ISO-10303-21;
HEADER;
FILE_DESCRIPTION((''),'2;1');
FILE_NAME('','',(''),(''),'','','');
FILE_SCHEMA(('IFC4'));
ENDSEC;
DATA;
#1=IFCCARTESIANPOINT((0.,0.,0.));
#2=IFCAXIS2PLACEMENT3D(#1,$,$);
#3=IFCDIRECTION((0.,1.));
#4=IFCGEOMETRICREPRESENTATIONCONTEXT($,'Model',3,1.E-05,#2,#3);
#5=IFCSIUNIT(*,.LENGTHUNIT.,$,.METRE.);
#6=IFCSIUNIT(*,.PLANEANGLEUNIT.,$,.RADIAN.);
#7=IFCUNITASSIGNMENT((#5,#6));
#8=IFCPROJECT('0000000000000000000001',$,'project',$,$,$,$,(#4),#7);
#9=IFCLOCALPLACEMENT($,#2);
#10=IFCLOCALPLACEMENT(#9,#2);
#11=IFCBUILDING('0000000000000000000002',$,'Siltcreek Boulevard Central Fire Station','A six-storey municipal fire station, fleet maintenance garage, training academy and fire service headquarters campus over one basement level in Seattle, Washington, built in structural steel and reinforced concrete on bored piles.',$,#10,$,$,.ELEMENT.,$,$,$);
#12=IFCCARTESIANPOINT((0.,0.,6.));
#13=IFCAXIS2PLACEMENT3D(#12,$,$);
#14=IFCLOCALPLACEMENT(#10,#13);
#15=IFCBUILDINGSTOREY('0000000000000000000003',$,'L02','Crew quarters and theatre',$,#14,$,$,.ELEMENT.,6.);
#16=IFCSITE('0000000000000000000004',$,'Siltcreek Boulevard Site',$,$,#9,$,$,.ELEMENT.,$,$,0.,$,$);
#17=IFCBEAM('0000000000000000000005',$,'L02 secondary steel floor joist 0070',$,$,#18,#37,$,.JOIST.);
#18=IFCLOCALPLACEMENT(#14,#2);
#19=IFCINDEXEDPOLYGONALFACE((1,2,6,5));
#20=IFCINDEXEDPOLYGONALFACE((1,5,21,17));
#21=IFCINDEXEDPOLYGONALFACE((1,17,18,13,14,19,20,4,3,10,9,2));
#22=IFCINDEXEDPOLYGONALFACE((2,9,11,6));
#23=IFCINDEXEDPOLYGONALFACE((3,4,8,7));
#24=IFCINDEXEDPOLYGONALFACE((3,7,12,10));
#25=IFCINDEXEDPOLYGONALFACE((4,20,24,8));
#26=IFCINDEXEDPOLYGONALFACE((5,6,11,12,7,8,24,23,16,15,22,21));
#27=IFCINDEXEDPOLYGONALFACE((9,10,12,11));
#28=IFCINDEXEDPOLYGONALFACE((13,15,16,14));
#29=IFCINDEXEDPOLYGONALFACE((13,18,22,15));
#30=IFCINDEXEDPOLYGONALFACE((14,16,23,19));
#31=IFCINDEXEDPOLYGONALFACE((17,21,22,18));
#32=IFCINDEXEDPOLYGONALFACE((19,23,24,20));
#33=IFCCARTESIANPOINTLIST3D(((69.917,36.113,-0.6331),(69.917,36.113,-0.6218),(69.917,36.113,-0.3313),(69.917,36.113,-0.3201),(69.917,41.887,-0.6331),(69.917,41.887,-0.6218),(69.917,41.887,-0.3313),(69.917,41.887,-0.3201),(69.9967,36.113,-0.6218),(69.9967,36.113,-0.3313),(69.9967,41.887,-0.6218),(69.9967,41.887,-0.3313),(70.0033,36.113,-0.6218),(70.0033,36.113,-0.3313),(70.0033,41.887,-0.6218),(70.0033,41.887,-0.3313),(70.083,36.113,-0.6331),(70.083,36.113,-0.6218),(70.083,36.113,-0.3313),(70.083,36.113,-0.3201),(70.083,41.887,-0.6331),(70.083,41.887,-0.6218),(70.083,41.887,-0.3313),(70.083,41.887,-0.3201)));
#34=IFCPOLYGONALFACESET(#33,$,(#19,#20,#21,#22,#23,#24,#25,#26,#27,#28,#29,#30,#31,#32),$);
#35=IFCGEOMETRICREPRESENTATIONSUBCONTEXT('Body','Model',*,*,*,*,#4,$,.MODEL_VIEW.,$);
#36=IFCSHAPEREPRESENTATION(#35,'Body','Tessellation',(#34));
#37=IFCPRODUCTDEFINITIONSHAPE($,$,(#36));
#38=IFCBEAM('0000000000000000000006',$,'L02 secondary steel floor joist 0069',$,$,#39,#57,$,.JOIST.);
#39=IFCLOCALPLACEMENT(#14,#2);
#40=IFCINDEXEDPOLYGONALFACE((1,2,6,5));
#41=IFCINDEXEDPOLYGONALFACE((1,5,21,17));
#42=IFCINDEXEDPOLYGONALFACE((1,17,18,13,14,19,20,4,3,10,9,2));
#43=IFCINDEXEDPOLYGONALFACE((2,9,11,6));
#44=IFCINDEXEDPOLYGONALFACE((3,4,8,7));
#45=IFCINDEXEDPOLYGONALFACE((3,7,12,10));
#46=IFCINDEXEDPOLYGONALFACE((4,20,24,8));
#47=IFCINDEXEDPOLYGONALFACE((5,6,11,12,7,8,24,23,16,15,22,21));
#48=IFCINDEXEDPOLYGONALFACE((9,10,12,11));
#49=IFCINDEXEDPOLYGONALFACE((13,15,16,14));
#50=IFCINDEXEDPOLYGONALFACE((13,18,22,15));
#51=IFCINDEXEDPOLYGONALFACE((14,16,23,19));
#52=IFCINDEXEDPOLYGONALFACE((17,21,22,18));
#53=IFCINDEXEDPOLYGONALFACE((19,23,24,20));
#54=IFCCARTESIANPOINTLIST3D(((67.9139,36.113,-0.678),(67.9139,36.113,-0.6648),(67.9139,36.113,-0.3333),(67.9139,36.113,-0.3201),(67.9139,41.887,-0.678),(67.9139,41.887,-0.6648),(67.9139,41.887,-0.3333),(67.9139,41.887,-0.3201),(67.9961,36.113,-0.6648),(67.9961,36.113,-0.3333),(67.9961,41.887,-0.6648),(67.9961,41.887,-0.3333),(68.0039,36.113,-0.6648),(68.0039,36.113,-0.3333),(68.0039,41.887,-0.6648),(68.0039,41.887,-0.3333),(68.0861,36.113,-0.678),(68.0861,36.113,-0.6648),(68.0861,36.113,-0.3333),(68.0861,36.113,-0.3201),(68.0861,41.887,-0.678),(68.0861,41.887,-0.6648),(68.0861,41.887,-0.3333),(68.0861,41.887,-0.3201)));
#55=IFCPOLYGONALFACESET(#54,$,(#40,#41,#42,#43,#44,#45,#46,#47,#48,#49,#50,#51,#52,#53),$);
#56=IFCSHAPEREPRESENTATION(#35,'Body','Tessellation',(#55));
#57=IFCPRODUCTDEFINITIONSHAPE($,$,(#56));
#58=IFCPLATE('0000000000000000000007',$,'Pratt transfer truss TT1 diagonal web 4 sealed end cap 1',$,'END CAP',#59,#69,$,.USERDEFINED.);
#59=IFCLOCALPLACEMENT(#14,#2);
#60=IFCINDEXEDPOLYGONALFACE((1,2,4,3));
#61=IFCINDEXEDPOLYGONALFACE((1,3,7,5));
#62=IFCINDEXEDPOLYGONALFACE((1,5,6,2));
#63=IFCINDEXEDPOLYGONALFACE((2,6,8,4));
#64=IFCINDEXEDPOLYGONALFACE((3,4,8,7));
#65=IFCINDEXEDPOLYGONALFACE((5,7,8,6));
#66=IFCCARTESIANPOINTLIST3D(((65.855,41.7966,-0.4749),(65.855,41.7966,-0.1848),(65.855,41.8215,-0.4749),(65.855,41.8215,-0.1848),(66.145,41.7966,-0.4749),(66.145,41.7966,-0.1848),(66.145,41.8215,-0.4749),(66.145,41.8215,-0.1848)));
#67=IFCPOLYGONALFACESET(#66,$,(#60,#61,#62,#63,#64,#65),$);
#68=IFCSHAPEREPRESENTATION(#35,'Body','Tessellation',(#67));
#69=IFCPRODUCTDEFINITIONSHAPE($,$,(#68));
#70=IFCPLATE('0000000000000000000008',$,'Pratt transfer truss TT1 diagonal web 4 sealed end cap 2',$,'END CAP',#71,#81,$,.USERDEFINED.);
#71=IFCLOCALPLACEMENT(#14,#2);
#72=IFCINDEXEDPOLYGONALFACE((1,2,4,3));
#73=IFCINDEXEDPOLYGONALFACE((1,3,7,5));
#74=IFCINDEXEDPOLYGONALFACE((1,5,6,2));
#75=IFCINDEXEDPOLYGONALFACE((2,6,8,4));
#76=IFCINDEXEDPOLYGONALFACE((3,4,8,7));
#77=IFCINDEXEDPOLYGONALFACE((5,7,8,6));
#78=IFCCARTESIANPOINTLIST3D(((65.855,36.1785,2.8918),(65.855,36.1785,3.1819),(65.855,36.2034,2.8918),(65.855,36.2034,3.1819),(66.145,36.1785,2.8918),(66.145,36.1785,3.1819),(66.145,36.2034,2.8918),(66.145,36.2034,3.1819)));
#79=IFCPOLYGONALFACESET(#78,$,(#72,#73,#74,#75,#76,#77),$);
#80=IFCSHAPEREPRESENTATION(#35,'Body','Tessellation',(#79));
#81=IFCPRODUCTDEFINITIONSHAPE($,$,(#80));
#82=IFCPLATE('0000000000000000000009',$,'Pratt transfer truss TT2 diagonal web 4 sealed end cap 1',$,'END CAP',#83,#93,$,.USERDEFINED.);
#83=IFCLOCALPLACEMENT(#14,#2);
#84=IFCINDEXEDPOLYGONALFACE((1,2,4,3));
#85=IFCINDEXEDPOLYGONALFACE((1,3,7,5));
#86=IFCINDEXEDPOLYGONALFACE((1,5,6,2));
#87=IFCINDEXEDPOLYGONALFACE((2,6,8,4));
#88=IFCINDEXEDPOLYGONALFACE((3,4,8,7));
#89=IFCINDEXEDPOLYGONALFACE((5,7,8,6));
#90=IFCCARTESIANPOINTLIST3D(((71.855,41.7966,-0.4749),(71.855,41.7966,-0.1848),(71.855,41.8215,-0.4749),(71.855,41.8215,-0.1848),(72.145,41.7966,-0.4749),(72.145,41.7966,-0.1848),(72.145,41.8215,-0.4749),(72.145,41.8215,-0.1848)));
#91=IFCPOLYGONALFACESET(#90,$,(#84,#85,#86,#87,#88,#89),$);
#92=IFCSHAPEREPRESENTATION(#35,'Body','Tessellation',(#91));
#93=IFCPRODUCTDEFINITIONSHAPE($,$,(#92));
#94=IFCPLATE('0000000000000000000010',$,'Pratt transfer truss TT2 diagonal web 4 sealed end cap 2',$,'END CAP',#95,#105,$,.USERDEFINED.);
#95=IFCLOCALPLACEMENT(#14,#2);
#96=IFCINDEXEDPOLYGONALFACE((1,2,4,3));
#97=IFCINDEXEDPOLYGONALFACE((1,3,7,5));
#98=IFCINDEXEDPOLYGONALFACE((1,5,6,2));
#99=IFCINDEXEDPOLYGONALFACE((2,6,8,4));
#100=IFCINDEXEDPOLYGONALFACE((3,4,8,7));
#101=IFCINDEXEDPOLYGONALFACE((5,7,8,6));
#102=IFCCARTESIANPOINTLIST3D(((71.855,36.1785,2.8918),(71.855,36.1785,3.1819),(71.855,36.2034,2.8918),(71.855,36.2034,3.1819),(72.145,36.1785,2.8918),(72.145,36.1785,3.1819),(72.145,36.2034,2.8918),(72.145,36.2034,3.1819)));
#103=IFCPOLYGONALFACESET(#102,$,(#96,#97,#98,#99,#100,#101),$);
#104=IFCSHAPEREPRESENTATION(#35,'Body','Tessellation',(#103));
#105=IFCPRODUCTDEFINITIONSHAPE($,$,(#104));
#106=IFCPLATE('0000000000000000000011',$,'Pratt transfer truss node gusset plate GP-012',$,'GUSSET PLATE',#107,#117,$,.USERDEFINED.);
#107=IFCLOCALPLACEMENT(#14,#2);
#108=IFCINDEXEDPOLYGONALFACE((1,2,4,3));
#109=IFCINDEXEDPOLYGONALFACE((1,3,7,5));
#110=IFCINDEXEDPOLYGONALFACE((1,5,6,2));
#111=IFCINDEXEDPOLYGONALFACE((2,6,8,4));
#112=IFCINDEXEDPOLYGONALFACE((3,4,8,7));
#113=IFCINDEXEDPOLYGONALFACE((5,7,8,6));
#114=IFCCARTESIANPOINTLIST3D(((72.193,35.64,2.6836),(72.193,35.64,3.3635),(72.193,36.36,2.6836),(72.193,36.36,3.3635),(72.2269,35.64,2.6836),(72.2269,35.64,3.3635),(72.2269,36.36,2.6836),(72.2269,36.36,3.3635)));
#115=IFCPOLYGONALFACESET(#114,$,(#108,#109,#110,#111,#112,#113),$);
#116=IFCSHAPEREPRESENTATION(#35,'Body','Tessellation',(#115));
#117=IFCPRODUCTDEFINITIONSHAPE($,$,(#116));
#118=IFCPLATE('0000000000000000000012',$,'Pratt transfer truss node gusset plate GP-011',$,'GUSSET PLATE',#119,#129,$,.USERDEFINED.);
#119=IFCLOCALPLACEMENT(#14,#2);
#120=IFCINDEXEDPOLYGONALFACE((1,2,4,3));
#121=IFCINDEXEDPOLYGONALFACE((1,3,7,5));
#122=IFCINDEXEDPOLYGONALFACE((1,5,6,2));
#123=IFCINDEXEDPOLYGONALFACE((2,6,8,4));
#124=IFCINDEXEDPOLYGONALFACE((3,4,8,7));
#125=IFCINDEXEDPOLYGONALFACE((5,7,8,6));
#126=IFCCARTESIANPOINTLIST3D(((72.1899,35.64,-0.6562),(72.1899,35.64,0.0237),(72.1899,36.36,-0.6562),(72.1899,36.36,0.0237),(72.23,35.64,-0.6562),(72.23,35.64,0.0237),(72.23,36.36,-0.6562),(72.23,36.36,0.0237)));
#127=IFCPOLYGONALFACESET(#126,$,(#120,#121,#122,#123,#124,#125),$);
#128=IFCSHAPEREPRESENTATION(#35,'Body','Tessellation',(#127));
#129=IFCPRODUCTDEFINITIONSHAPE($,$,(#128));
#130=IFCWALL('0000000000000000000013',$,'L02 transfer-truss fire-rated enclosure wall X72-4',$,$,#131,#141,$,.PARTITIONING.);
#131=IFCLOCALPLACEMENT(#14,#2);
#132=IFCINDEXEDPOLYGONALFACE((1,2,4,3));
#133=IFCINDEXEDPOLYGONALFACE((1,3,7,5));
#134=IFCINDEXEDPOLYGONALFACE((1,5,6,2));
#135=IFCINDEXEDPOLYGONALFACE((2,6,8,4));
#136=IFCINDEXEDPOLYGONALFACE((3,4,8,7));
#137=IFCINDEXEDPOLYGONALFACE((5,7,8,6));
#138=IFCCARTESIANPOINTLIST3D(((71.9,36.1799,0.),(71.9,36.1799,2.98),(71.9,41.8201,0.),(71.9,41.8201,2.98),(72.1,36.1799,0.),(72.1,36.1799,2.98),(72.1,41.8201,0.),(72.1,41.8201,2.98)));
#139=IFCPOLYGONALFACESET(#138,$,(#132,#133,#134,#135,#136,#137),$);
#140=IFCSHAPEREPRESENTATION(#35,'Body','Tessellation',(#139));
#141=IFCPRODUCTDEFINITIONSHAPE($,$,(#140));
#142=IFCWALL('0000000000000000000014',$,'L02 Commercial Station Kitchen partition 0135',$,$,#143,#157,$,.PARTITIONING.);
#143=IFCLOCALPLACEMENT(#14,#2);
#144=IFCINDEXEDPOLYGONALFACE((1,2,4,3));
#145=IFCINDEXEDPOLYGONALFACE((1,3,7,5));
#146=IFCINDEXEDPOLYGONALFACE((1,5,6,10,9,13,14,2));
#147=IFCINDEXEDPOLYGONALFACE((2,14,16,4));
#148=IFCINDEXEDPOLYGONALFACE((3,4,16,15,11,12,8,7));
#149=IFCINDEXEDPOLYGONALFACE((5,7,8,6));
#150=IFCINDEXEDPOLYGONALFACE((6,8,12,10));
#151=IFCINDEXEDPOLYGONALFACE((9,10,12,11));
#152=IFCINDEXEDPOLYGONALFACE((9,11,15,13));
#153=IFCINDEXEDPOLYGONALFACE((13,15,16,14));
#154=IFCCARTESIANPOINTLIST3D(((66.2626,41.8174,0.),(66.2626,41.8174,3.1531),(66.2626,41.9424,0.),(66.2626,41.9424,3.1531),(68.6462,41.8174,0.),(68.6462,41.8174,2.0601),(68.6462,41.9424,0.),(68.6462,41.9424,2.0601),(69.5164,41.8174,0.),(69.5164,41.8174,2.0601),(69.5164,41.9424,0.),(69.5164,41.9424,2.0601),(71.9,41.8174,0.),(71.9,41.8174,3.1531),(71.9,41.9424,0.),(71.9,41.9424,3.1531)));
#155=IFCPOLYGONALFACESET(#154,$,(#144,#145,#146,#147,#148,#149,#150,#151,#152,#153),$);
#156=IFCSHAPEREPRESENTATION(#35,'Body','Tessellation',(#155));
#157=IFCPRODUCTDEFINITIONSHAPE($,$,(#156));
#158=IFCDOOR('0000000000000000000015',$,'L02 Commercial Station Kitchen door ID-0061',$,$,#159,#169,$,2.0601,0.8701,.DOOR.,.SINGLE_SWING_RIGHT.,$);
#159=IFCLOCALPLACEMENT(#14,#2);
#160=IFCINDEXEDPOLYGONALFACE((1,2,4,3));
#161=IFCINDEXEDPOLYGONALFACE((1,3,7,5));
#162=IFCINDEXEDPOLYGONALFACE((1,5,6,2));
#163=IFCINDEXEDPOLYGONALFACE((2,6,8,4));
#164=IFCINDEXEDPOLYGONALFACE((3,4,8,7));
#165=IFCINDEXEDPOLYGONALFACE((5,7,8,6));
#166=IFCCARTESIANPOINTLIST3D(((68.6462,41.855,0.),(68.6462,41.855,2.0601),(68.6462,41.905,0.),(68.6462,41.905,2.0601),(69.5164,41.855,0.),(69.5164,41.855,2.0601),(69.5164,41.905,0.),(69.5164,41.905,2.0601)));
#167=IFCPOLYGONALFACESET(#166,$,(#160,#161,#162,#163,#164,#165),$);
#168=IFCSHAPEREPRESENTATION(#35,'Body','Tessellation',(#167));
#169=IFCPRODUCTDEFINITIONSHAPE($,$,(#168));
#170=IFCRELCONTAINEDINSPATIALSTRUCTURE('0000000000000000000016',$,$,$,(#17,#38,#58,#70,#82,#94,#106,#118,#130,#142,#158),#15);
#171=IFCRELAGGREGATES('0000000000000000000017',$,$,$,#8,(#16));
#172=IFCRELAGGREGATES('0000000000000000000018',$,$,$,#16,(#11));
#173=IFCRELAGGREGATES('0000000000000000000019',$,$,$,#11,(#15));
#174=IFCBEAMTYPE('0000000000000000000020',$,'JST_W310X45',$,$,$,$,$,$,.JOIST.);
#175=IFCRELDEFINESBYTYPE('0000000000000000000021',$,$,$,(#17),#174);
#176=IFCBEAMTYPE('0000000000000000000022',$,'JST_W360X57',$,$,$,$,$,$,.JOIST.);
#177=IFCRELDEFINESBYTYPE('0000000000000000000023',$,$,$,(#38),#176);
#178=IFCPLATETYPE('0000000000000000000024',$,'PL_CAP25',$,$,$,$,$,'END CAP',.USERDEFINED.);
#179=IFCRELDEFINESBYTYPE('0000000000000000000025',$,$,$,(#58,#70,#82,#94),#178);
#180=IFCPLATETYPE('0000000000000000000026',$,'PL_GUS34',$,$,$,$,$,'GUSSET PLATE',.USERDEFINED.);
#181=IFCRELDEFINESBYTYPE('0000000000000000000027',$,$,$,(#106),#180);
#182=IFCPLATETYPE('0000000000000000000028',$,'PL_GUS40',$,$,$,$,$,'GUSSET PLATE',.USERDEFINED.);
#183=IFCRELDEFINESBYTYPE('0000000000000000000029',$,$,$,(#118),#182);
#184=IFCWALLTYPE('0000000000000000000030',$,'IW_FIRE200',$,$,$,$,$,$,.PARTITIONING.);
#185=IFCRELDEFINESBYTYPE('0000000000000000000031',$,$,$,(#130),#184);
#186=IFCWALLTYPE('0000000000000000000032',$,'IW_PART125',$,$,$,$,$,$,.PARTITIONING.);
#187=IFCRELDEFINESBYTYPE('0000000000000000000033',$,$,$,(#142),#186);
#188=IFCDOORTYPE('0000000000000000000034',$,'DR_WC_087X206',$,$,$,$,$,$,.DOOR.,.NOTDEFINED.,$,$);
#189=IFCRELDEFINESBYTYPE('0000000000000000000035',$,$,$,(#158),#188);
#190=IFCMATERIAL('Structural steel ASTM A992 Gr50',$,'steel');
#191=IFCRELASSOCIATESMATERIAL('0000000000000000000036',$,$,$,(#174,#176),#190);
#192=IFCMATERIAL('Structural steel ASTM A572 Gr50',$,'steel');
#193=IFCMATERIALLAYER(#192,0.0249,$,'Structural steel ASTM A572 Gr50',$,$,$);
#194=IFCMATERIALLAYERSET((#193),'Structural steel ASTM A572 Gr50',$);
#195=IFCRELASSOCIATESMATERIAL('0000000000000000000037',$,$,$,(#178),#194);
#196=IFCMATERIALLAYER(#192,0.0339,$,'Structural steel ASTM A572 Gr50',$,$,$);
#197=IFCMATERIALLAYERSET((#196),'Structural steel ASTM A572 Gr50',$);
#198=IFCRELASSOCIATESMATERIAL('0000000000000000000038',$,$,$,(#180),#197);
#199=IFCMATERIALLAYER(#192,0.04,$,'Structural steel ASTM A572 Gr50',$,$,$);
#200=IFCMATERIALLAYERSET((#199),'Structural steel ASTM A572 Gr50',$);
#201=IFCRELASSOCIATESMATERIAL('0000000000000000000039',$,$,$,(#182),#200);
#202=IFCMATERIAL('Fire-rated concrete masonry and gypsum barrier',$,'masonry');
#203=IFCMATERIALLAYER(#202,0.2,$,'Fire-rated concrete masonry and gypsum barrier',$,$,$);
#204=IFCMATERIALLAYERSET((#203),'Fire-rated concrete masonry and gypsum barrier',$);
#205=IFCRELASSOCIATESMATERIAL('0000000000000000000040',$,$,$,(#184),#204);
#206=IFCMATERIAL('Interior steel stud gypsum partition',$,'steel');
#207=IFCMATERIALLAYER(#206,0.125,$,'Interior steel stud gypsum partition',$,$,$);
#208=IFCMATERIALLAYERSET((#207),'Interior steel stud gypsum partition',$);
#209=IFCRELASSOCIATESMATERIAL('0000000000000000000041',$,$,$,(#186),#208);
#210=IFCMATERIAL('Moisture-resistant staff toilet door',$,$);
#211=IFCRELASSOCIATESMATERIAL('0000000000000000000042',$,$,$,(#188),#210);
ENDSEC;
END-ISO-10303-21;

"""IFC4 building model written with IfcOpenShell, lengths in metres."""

from ifc_helpers import new_model, si_unit, direction, frame, frame_2d, origin, origin_2d, place, context, subcontext, project, spatial, rectangle, i_section, extrude, material, layer, layer_set, material_profile, profile_set, type_object, element, fill, save


model = new_model("IFC4")

# Units and contexts
model_context = context("Model", 3, precision=1e-05, world=origin(), true_north=direction((0.0, 1.0)))
body_context = subcontext(model_context, "Body", "Model", "MODEL_VIEW")
ifc_project = project(units=[si_unit("LENGTHUNIT", "METRE"), si_unit("PLANEANGLEUNIT", "RADIAN")], contexts=[model_context])

# Site, building, storey
site_placement = place(None, origin())
site = spatial("IfcSite", under=ifc_project, at=site_placement, Name="Siltcreek Boulevard Site", CompositionType="ELEMENT", RefElevation=0.0)
building_placement = place(site_placement, origin())
building = spatial("IfcBuilding", under=site, at=building_placement, Name="Siltcreek Boulevard Central Fire Station", Description="A six-storey municipal fire station, fleet maintenance garage, training academy and fire service headquarters campus over one basement level in Seattle, Washington, built in structural steel and reinforced concrete on bored piles.", CompositionType="ELEMENT")
storey_placement = place(building_placement, frame((0.0, 0.0, 6.0)))
storey = spatial("IfcBuildingStorey", under=building, at=storey_placement, Name="L02", Description="Crew quarters and theatre", CompositionType="ELEMENT", Elevation=6.0)

# Shared definitions
ifc_material_1 = material(Name="Structural steel ASTM A992 Gr50", Category="steel")

# Beams
ifc_material_profile_1 = material_profile(ifc_material_1, i_section(OverallWidth=0.166, OverallDepth=0.313, WebThickness=0.0066, FlangeThickness=0.0112, at=origin_2d()), Name="W310X45")
ifc_profile_set_1 = profile_set([ifc_material_profile_1], Name="Structural steel ASTM A992 Gr50")
beam_type_1 = type_object("IfcBeamType", Name="JST_W310X45", PredefinedType="JOIST", material=ifc_profile_set_1)
beam_1_placement = place(storey_placement, frame((70.0, 36.113, -0.4766), z_axis=(0.0, 1.0, 0.0), x_axis=(-1.0, 0.0, 0.0)))
element("IfcBeam", 1, at=beam_1_placement, inside=storey, type_object=beam_type_1, Name="L02 secondary steel floor joist 0070", PredefinedType="JOIST", context=body_context, shape_type="SweptSolid", body=[
    extrude(i_section(OverallWidth=0.166, OverallDepth=0.313, WebThickness=0.0066, FlangeThickness=0.0112, at=origin_2d()), origin(), (0.0, 0.0, 1.0), 5.7739),
])
ifc_material_profile_2 = material_profile(ifc_material_1, i_section(OverallWidth=0.1721, OverallDepth=0.3579, WebThickness=0.0078, FlangeThickness=0.0132, at=origin_2d()), Name="W360X57")
ifc_profile_set_2 = profile_set([ifc_material_profile_2], Name="Structural steel ASTM A992 Gr50")
beam_type_2 = type_object("IfcBeamType", Name="JST_W360X57", PredefinedType="JOIST", material=ifc_profile_set_2)
beam_2_placement = place(storey_placement, frame((68.0, 36.113, -0.499), z_axis=(0.0, 1.0, 0.0), x_axis=(-1.0, 0.0, 0.0)))
element("IfcBeam", 2, at=beam_2_placement, inside=storey, type_object=beam_type_2, Name="L02 secondary steel floor joist 0069", PredefinedType="JOIST", context=body_context, shape_type="SweptSolid", body=[
    extrude(i_section(OverallWidth=0.1721, OverallDepth=0.3579, WebThickness=0.0078, FlangeThickness=0.0132, at=origin_2d()), origin(), (0.0, 0.0, 1.0), 5.7739),
])

# Plates
ifc_material_2 = material(Name="Structural steel ASTM A572 Gr50", Category="steel")
ifc_layer_1 = layer(ifc_material_2, 0.0249, Name="Structural steel ASTM A572 Gr50")
ifc_layer_set_1 = layer_set([ifc_layer_1], Name="Structural steel ASTM A572 Gr50")
plate_type_1 = type_object("IfcPlateType", Name="PL_CAP25", ElementType="END CAP", PredefinedType="USERDEFINED", material=ifc_layer_set_1)
for number, where, z_axis, x_axis, name in (
    (3, (66.0, 41.8091, -0.4749), (0.0, 0.0, 1.0), (0.0, -1.0, 0.0), "Pratt transfer truss TT1 diagonal web 4 sealed end cap 1"),
    (4, (66.0, 36.1909, 2.8918), (0.0, 0.0, 1.0), (0.0, -1.0, 0.0), "Pratt transfer truss TT1 diagonal web 4 sealed end cap 2"),
    (5, (72.0, 41.8091, -0.4749), (0.0, 0.0, 1.0), (0.0, -1.0, 0.0), "Pratt transfer truss TT2 diagonal web 4 sealed end cap 1"),
    (6, (72.0, 36.1909, 2.8918), (0.0, 0.0, 1.0), (0.0, -1.0, 0.0), "Pratt transfer truss TT2 diagonal web 4 sealed end cap 2"),
):
    element("IfcPlate", number, at=place(storey_placement, frame(where, z_axis=z_axis, x_axis=x_axis)), inside=storey, type_object=plate_type_1, Name=name, ObjectType="END CAP", PredefinedType="USERDEFINED", context=body_context, shape_type="SweptSolid", body=[
        extrude(rectangle(XDim=0.0249, YDim=0.29, at=origin_2d()), origin(), (0.0, 0.0, 1.0), 0.29),
    ])
ifc_layer_2 = layer(ifc_material_2, 0.0339, Name="Structural steel ASTM A572 Gr50")
ifc_layer_set_2 = layer_set([ifc_layer_2], Name="Structural steel ASTM A572 Gr50")
plate_type_2 = type_object("IfcPlateType", Name="PL_GUS34", ElementType="GUSSET PLATE", PredefinedType="USERDEFINED", material=ifc_layer_set_2)
plate_1_placement = place(storey_placement, frame((72.21, 36.0, 2.6836), z_axis=(0.0, 0.0, 1.0), x_axis=(1.0, 0.0, 0.0)))
element("IfcPlate", 7, at=plate_1_placement, inside=storey, type_object=plate_type_2, Name="Pratt transfer truss node gusset plate GP-012", ObjectType="GUSSET PLATE", PredefinedType="USERDEFINED", context=body_context, shape_type="SweptSolid", body=[
    extrude(rectangle(XDim=0.0339, YDim=0.72, at=origin_2d()), origin(), (0.0, 0.0, 1.0), 0.6799),
])
ifc_layer_3 = layer(ifc_material_2, 0.04, Name="Structural steel ASTM A572 Gr50")
ifc_layer_set_3 = layer_set([ifc_layer_3], Name="Structural steel ASTM A572 Gr50")
plate_type_3 = type_object("IfcPlateType", Name="PL_GUS40", ElementType="GUSSET PLATE", PredefinedType="USERDEFINED", material=ifc_layer_set_3)
plate_2_placement = place(storey_placement, frame((72.21, 36.0, -0.6562), z_axis=(0.0, 0.0, 1.0), x_axis=(1.0, 0.0, 0.0)))
element("IfcPlate", 8, at=plate_2_placement, inside=storey, type_object=plate_type_3, Name="Pratt transfer truss node gusset plate GP-011", ObjectType="GUSSET PLATE", PredefinedType="USERDEFINED", context=body_context, shape_type="SweptSolid", body=[
    extrude(rectangle(XDim=0.04, YDim=0.72, at=origin_2d()), origin(), (0.0, 0.0, 1.0), 0.6799),
])

# Wall
ifc_material_3 = material(Name="Fire-rated concrete masonry and gypsum barrier", Category="masonry")
ifc_layer_4 = layer(ifc_material_3, 0.2, Name="Fire-rated concrete masonry and gypsum barrier")
ifc_layer_set_4 = layer_set([ifc_layer_4], Name="Fire-rated concrete masonry and gypsum barrier")
wall_type_1 = type_object("IfcWallType", Name="IW_FIRE200", PredefinedType="PARTITIONING", material=ifc_layer_set_4)
wall_1_placement = place(storey_placement, frame((72.0, 36.1799, 0.0), z_axis=(0.0, 0.0, 1.0), x_axis=(0.0, 1.0, 0.0)))
element("IfcWall", 9, at=wall_1_placement, inside=storey, type_object=wall_type_1, Name="L02 transfer-truss fire-rated enclosure wall X72-4", PredefinedType="PARTITIONING", context=body_context, shape_type="SweptSolid", body=[
    extrude(rectangle(XDim=5.6401, YDim=0.2, at=frame_2d((2.8201, 0.0))), origin(), (0.0, 0.0, 1.0), 2.98),
])

# Wall, opening, door
ifc_material_4 = material(Name="Interior steel stud gypsum partition", Category="steel")
ifc_layer_5 = layer(ifc_material_4, 0.125, Name="Interior steel stud gypsum partition")
ifc_layer_set_5 = layer_set([ifc_layer_5], Name="Interior steel stud gypsum partition")
wall_type_2 = type_object("IfcWallType", Name="IW_PART125", PredefinedType="PARTITIONING", material=ifc_layer_set_5)
wall_2_placement = place(storey_placement, frame((66.2625, 41.8799, 0.0), z_axis=(0.0, 0.0, 1.0), x_axis=(1.0, 0.0, 0.0)))
wall_2 = element("IfcWall", 10, at=wall_2_placement, inside=storey, type_object=wall_type_2, Name="L02 Commercial Station Kitchen partition 0135", PredefinedType="PARTITIONING", context=body_context, shape_type="SweptSolid", body=[
    extrude(rectangle(XDim=5.6375, YDim=0.125, at=frame_2d((2.8188, 0.0))), origin(), (0.0, 0.0, 1.0), 3.1531),
])
opening_1_placement = place(wall_2_placement, frame((2.3838, 0.0, 0.0)))
opening_1 = element("IfcOpeningElement", 11, at=opening_1_placement, cuts=wall_2, PredefinedType="OPENING", context=body_context, shape_type="SweptSolid", body=[
    extrude(rectangle(XDim=0.8701, YDim=2.0601, at=frame_2d((0.4351, 1.03))), frame((0.0, 0.0725, 0.0), z_axis=(0.0, -1.0, 0.0), x_axis=(1.0, 0.0, 0.0)), (0.0, 0.0, 1.0), 0.145),
])
ifc_material_5 = material(Name="Moisture-resistant staff toilet door")
door_type_1 = type_object("IfcDoorType", Name="DR_WC_087X206", OperationType="NOTDEFINED", PredefinedType="DOOR", material=ifc_material_5)
door_1_placement = place(opening_1_placement, frame((0.8701, 0.0, 0.0), z_axis=(0.0, 0.0, 1.0), x_axis=(-1.0, 0.0, 0.0)))
door_1 = element("IfcDoor", 12, at=door_1_placement, inside=storey, type_object=door_type_1, Name="L02 Commercial Station Kitchen door ID-0061", OperationType="SINGLE_SWING_RIGHT", OverallHeight=2.0601, OverallWidth=0.8701, PredefinedType="DOOR", context=body_context, shape_type="SweptSolid", body=[
    extrude(rectangle(XDim=0.8701, YDim=2.0601, at=frame_2d((0.4351, 1.03))), frame((0.0, 0.0249, 0.0), z_axis=(0.0, -1.0, 0.0), x_axis=(1.0, 0.0, 0.0)), (0.0, 0.0, 1.0), 0.05),
])
fill(opening_1, door_1)

save(model, "model.ifc")
